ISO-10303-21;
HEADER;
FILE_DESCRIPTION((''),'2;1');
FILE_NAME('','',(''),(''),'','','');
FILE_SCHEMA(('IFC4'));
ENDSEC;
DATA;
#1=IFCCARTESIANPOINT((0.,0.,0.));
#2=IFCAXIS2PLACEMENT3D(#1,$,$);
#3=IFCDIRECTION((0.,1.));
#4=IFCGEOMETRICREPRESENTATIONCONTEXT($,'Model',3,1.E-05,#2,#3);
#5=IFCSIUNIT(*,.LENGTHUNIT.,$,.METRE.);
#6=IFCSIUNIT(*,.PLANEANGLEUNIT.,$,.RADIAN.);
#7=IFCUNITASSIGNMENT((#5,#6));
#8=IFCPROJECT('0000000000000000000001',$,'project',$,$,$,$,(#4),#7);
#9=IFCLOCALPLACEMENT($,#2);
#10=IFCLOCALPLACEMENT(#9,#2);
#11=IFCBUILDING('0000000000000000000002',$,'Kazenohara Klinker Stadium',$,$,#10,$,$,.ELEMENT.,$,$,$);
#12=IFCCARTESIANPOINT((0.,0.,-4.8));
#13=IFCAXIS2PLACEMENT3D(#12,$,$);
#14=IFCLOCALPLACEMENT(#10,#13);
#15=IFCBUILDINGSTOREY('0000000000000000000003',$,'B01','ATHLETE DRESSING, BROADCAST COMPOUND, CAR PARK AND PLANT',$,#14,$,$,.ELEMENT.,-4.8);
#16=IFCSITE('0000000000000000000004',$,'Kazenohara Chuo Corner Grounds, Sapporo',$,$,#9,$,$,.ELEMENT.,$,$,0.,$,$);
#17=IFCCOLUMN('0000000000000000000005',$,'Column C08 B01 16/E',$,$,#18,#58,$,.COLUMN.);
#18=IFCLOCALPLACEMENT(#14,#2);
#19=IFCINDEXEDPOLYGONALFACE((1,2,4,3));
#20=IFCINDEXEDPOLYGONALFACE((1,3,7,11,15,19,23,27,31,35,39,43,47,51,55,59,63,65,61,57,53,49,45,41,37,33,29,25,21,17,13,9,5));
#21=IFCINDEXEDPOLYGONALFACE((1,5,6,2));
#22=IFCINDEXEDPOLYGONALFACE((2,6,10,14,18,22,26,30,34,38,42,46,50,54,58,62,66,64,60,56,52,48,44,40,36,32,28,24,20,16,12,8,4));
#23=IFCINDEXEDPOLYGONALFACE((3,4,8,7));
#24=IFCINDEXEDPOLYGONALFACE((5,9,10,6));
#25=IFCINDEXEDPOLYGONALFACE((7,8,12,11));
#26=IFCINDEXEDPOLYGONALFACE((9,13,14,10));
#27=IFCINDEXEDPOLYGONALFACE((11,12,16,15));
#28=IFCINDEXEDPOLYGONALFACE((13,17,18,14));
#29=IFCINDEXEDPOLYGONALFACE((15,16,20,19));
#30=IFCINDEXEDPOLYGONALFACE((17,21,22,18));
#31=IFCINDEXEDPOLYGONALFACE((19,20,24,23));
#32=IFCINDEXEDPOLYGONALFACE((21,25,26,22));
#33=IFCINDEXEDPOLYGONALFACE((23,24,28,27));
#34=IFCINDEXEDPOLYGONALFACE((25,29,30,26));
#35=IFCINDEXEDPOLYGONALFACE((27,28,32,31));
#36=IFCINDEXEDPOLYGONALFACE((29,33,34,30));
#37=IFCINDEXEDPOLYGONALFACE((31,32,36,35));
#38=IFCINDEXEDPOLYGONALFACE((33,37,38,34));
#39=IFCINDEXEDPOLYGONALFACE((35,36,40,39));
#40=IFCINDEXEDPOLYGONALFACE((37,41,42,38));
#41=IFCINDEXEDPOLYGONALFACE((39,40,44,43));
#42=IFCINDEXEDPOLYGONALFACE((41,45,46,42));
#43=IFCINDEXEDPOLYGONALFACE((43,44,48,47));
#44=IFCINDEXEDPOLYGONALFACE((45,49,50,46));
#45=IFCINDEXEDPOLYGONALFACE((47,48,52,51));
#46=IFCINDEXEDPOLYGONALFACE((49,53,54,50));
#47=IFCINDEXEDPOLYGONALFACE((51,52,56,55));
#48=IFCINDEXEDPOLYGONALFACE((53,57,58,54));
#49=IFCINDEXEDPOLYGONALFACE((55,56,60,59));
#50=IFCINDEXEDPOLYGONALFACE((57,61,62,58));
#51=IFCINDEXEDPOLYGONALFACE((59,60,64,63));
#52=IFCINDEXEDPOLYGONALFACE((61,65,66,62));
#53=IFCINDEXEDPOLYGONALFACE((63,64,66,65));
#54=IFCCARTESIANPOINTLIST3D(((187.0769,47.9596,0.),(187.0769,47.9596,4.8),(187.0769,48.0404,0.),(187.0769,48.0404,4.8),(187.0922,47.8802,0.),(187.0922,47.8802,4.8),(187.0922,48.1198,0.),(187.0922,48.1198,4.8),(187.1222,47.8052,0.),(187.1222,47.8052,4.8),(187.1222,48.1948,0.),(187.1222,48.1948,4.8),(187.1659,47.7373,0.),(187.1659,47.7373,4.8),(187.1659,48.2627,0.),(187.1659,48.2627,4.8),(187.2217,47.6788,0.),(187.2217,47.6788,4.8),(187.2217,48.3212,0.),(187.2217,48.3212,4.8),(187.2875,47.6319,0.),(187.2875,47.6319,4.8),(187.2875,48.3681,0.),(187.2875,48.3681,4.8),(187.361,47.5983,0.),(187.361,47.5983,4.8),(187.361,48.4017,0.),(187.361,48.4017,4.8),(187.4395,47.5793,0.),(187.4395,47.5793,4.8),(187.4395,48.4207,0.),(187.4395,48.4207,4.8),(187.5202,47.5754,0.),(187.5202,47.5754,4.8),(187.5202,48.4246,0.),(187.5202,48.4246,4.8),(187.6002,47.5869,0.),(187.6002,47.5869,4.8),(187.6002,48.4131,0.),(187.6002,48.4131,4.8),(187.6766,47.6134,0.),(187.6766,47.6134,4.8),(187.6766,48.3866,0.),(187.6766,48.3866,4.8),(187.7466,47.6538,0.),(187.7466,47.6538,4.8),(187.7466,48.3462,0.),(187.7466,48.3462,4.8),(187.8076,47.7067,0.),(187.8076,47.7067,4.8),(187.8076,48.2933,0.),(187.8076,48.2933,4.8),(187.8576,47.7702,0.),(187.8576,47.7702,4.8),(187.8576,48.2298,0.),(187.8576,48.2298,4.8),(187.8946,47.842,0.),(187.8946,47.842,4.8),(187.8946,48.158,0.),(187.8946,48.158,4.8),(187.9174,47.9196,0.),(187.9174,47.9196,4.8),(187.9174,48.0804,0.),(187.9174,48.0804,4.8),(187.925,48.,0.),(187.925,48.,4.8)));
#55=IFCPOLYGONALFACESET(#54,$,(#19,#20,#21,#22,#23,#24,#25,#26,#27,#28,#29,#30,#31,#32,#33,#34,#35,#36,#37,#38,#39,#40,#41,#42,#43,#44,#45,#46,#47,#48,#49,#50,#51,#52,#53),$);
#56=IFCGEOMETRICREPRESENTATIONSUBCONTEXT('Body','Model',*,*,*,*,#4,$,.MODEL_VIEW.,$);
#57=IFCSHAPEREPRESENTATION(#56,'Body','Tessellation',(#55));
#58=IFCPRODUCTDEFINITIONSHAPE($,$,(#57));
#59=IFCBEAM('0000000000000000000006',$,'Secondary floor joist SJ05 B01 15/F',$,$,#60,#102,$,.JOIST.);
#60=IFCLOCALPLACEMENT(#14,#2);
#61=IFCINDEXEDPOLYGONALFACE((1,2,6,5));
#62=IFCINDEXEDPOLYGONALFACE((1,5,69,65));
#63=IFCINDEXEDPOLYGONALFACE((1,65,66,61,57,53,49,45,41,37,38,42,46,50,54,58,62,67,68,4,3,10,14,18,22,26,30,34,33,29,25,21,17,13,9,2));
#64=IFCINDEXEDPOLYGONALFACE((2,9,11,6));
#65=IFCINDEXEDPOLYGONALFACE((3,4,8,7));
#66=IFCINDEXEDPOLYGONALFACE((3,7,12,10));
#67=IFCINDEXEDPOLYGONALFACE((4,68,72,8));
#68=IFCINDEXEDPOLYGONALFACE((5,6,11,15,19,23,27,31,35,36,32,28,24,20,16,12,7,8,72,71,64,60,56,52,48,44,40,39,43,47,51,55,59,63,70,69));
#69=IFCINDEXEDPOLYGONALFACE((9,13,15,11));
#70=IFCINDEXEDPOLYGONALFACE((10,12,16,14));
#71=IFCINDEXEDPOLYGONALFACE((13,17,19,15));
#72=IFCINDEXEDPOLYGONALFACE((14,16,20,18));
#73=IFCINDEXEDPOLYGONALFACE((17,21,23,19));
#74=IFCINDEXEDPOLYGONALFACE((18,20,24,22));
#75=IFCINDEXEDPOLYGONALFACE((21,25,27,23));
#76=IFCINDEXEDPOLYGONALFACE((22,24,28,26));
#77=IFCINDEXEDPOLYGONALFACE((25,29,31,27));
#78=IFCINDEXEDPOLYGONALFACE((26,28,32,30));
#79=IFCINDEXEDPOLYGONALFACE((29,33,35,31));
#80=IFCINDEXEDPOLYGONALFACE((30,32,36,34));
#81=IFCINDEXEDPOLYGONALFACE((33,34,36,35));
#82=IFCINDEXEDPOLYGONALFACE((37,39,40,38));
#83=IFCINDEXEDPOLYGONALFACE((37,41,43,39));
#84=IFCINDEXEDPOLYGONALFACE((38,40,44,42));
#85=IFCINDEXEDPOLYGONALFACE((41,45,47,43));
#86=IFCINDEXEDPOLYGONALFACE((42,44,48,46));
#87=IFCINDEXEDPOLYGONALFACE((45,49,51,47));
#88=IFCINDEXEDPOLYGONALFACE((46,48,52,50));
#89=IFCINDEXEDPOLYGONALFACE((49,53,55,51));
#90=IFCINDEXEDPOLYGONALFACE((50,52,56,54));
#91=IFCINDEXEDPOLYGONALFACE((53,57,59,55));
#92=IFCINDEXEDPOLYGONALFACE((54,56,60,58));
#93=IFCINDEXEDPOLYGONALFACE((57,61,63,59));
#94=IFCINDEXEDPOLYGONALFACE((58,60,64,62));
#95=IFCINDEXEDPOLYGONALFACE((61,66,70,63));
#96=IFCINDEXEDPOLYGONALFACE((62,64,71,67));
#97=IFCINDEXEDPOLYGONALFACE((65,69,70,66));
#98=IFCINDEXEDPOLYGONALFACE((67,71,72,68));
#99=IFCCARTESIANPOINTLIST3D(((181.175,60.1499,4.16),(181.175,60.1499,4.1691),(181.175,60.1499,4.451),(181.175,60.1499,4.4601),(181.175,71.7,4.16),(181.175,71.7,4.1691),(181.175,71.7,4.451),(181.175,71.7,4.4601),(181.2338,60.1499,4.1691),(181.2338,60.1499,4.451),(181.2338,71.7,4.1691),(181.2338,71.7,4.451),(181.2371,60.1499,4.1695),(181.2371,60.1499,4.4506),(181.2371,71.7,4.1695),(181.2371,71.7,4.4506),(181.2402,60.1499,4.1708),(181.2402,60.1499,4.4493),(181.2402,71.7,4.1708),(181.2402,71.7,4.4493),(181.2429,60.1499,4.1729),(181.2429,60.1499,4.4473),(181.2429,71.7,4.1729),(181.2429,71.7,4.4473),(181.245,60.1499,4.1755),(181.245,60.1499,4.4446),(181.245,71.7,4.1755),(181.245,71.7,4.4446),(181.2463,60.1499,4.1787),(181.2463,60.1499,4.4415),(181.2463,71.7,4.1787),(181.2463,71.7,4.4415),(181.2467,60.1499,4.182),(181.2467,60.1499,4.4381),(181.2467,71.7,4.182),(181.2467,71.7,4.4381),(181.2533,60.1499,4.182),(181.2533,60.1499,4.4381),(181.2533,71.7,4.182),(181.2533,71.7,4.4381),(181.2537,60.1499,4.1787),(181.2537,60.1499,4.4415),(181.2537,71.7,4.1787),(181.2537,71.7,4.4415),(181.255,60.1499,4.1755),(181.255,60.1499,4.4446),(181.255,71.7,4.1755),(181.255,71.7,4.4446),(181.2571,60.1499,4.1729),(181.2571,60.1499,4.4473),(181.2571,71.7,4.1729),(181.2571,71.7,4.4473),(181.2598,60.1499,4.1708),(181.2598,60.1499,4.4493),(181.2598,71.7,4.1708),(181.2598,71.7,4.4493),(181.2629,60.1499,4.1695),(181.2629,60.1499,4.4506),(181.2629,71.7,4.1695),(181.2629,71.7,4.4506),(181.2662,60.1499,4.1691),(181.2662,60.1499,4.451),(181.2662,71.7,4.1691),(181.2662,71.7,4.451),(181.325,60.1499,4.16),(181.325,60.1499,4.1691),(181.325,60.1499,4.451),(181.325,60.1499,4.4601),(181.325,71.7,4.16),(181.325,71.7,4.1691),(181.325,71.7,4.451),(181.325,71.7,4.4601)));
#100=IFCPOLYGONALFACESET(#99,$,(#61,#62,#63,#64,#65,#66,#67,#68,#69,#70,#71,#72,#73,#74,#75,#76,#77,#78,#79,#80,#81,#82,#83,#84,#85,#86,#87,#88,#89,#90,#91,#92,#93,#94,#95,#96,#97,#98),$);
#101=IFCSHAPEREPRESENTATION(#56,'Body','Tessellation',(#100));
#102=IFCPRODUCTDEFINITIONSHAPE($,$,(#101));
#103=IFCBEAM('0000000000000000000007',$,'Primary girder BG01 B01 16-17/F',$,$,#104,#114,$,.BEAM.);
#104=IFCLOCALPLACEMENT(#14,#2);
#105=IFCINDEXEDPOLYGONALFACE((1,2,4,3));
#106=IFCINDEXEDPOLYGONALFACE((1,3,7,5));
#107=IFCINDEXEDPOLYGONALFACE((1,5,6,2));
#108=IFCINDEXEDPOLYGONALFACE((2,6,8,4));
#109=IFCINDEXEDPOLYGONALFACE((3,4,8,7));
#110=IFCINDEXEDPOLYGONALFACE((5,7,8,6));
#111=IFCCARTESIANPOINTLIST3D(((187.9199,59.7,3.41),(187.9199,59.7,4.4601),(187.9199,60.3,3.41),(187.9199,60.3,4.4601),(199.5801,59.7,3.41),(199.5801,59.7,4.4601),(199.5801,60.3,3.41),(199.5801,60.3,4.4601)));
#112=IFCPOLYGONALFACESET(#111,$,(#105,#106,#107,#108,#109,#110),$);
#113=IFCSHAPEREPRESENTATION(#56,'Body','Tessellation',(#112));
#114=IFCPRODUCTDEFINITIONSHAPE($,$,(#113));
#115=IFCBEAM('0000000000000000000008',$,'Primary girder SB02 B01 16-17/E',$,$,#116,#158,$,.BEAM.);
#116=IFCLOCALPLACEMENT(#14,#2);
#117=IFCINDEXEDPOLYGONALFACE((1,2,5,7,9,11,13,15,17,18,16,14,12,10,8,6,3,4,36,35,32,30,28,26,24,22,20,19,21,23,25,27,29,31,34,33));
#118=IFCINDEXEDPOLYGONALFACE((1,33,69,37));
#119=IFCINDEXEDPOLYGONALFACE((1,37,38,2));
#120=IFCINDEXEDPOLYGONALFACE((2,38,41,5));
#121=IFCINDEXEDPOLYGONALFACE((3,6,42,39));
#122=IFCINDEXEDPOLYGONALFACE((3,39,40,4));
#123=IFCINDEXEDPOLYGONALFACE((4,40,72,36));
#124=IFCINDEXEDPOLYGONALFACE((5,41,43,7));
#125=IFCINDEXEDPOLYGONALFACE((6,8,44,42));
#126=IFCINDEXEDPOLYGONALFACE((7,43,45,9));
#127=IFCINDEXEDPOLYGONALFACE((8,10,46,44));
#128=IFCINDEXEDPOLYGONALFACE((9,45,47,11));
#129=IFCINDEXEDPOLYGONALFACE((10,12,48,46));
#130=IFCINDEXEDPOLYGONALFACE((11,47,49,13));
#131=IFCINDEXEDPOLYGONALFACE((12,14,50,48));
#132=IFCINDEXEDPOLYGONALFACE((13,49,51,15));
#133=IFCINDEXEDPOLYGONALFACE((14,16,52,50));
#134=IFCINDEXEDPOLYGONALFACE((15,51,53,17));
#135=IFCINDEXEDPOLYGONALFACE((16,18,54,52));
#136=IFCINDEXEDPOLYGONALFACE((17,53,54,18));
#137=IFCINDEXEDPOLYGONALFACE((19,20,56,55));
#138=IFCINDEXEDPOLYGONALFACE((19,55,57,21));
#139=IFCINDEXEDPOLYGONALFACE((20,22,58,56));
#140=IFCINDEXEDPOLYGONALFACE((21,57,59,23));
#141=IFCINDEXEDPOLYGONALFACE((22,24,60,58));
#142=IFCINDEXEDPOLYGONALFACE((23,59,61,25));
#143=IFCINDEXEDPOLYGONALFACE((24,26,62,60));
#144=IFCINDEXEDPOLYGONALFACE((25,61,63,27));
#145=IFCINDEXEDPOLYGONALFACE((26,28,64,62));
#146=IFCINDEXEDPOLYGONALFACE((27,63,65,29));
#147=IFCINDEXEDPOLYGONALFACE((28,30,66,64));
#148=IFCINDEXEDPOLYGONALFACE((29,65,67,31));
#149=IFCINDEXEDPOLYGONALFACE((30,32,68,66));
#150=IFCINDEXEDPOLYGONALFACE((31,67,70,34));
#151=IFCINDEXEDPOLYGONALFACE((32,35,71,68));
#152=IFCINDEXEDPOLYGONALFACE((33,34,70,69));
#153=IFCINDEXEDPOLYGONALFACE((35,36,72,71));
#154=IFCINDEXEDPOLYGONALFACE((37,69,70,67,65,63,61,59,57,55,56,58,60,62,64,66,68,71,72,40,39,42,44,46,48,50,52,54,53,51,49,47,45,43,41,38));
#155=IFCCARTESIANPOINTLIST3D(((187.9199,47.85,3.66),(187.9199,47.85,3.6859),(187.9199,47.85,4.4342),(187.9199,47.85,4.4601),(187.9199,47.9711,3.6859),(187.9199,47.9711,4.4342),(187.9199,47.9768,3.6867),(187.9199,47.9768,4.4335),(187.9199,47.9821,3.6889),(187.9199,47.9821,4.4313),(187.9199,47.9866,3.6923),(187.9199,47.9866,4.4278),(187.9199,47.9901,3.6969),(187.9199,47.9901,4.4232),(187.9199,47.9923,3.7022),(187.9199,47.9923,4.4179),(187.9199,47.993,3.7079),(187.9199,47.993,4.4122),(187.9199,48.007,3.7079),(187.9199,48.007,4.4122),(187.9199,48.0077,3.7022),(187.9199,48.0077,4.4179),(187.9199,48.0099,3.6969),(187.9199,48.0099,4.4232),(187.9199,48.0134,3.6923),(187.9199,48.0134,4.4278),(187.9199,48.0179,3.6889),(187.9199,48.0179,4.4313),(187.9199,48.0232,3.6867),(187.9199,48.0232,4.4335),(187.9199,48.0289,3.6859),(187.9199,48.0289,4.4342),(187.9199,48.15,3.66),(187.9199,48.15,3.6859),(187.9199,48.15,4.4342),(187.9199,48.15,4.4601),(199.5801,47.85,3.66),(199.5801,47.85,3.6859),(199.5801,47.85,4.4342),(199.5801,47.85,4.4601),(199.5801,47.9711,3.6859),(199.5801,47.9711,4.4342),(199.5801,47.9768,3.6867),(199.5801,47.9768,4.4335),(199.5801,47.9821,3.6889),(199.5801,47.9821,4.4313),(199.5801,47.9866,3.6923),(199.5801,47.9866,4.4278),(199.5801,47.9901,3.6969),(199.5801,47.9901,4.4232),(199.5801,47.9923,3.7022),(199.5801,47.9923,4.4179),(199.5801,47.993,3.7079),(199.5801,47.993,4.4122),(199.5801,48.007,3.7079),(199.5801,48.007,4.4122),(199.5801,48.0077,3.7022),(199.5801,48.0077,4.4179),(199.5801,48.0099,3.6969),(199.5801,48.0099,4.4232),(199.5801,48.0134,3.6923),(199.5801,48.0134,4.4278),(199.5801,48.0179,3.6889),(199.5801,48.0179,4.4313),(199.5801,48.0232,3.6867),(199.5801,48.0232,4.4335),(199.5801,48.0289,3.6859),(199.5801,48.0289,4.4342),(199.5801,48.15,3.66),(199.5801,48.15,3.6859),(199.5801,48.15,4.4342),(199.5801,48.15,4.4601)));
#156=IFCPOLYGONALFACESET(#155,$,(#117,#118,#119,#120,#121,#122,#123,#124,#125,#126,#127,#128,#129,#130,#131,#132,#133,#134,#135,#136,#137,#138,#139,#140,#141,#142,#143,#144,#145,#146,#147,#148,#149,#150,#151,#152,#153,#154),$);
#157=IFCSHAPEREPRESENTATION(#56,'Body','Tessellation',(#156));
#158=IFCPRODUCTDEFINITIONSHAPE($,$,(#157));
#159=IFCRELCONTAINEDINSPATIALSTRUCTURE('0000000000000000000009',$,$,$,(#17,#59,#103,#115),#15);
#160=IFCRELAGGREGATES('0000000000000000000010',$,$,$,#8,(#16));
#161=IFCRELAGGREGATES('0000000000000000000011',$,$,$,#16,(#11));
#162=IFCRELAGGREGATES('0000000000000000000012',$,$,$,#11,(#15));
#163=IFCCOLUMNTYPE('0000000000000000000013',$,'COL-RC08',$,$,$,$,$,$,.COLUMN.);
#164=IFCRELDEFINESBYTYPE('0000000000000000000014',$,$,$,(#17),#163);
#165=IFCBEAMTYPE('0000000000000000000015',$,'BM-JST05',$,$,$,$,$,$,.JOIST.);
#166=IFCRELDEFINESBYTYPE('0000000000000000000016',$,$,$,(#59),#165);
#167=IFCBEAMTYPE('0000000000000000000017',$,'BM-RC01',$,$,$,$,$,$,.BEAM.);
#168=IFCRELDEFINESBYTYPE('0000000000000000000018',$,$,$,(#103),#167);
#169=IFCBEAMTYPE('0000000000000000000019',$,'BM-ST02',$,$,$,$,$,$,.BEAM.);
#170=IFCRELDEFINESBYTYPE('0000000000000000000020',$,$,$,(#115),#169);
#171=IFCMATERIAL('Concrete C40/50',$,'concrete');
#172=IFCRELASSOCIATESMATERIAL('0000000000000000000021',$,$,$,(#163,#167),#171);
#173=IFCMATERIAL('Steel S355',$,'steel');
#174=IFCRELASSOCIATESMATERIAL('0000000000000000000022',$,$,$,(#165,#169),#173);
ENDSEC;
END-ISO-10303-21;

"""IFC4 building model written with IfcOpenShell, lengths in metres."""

from ifc_helpers import new_model, si_unit, direction, frame, origin, origin_2d, place, context, subcontext, project, spatial, rectangle, circle, i_section, extrude, material, material_profile, profile_set, type_object, element, save


model = new_model("IFC4")

# Units and contexts
model_context = context("Model", 3, precision=1e-05, world=origin(), true_north=direction((0.0, 1.0)))
body_context = subcontext(model_context, "Body", "Model", "MODEL_VIEW")
ifc_project = project(units=[si_unit("LENGTHUNIT", "METRE"), si_unit("PLANEANGLEUNIT", "RADIAN")], contexts=[model_context])

# Site, building, storey
site_placement = place(None, origin())
site = spatial("IfcSite", under=ifc_project, at=site_placement, Name="Kazenohara Chuo Corner Grounds, Sapporo", CompositionType="ELEMENT", RefElevation=0.0)
building_placement = place(site_placement, origin())
building = spatial("IfcBuilding", under=site, at=building_placement, Name="Kazenohara Klinker Stadium", CompositionType="ELEMENT")
storey_placement = place(building_placement, frame((0.0, 0.0, -4.8)))
storey = spatial("IfcBuildingStorey", under=building, at=storey_placement, Name="B01", Description="ATHLETE DRESSING, BROADCAST COMPOUND, CAR PARK AND PLANT", CompositionType="ELEMENT", Elevation=-4.8)

# Column
ifc_material_1 = material(Name="Concrete C40/50", Category="concrete")
ifc_material_profile_1 = material_profile(ifc_material_1, circle(Radius=0.425, at=origin_2d()), Name="RC-COL-D850")
ifc_profile_set_1 = profile_set([ifc_material_profile_1], Name="Concrete C40/50")
column_type_1 = type_object("IfcColumnType", Name="COL-RC08", PredefinedType="COLUMN", material=ifc_profile_set_1)
column_1_placement = place(storey_placement, frame((187.5, 48.0, 0.0), z_axis=(0.0, 0.0, 1.0), x_axis=(1.0, 0.0, 0.0)))
element("IfcColumn", 1, at=column_1_placement, inside=storey, type_object=column_type_1, Name="Column C08 B01 16/E", PredefinedType="COLUMN", context=body_context, shape_type="SweptSolid", body=[
    extrude(circle(Radius=0.425, at=origin_2d()), origin(), (0.0, 0.0, 1.0), 4.8),
])

# Beams
ifc_material_2 = material(Name="Steel S355", Category="steel")
ifc_material_profile_2 = material_profile(ifc_material_2, i_section(OverallWidth=0.1499, OverallDepth=0.3, WebThickness=0.0066, FlangeThickness=0.009, FilletRadius=0.0129, at=origin_2d()), Name="H-300x150x6.5x9")
ifc_profile_set_2 = profile_set([ifc_material_profile_2], Name="Steel S355")
beam_type_1 = type_object("IfcBeamType", Name="BM-JST05", PredefinedType="JOIST", material=ifc_profile_set_2)
beam_1_placement = place(storey_placement, frame((181.25, 60.1499, 4.3101), z_axis=(0.0, 1.0, 0.0), x_axis=(-1.0, 0.0, 0.0)))
element("IfcBeam", 2, at=beam_1_placement, inside=storey, type_object=beam_type_1, Name="Secondary floor joist SJ05 B01 15/F", PredefinedType="JOIST", context=body_context, shape_type="SweptSolid", body=[
    extrude(i_section(OverallWidth=0.1499, OverallDepth=0.3, WebThickness=0.0066, FlangeThickness=0.009, FilletRadius=0.0129, at=origin_2d()), origin(), (0.0, 0.0, 1.0), 11.55),
])
ifc_material_profile_3 = material_profile(ifc_material_1, rectangle(XDim=0.6001, YDim=1.05, at=origin_2d()), Name="RC-BM-600x1050")
ifc_profile_set_3 = profile_set([ifc_material_profile_3], Name="Concrete C40/50")
beam_type_2 = type_object("IfcBeamType", Name="BM-RC01", PredefinedType="BEAM", material=ifc_profile_set_3)
beam_2_placement = place(storey_placement, frame((187.9199, 60.0, 3.9351), z_axis=(1.0, 0.0, 0.0), x_axis=(0.0, 1.0, 0.0)))
element("IfcBeam", 3, at=beam_2_placement, inside=storey, type_object=beam_type_2, Name="Primary girder BG01 B01 16-17/F", PredefinedType="BEAM", context=body_context, shape_type="SweptSolid", body=[
    extrude(rectangle(XDim=0.6001, YDim=1.05, at=origin_2d()), origin(), (0.0, 0.0, 1.0), 11.6602),
])
ifc_material_profile_4 = material_profile(ifc_material_2, i_section(OverallWidth=0.3, OverallDepth=0.8, WebThickness=0.0139, FlangeThickness=0.0259, FilletRadius=0.022, at=origin_2d()), Name="H-800x300x14x26")
ifc_profile_set_4 = profile_set([ifc_material_profile_4], Name="Steel S355")
beam_type_3 = type_object("IfcBeamType", Name="BM-ST02", PredefinedType="BEAM", material=ifc_profile_set_4)
beam_3_placement = place(storey_placement, frame((187.9199, 48.0, 4.0601), z_axis=(1.0, 0.0, 0.0), x_axis=(0.0, 1.0, 0.0)))
element("IfcBeam", 4, at=beam_3_placement, inside=storey, type_object=beam_type_3, Name="Primary girder SB02 B01 16-17/E", PredefinedType="BEAM", context=body_context, shape_type="SweptSolid", body=[
    extrude(i_section(OverallWidth=0.3, OverallDepth=0.8, WebThickness=0.0139, FlangeThickness=0.0259, FilletRadius=0.022, at=origin_2d()), origin(), (0.0, 0.0, 1.0), 11.6602),
])

save(model, "model.ifc")
